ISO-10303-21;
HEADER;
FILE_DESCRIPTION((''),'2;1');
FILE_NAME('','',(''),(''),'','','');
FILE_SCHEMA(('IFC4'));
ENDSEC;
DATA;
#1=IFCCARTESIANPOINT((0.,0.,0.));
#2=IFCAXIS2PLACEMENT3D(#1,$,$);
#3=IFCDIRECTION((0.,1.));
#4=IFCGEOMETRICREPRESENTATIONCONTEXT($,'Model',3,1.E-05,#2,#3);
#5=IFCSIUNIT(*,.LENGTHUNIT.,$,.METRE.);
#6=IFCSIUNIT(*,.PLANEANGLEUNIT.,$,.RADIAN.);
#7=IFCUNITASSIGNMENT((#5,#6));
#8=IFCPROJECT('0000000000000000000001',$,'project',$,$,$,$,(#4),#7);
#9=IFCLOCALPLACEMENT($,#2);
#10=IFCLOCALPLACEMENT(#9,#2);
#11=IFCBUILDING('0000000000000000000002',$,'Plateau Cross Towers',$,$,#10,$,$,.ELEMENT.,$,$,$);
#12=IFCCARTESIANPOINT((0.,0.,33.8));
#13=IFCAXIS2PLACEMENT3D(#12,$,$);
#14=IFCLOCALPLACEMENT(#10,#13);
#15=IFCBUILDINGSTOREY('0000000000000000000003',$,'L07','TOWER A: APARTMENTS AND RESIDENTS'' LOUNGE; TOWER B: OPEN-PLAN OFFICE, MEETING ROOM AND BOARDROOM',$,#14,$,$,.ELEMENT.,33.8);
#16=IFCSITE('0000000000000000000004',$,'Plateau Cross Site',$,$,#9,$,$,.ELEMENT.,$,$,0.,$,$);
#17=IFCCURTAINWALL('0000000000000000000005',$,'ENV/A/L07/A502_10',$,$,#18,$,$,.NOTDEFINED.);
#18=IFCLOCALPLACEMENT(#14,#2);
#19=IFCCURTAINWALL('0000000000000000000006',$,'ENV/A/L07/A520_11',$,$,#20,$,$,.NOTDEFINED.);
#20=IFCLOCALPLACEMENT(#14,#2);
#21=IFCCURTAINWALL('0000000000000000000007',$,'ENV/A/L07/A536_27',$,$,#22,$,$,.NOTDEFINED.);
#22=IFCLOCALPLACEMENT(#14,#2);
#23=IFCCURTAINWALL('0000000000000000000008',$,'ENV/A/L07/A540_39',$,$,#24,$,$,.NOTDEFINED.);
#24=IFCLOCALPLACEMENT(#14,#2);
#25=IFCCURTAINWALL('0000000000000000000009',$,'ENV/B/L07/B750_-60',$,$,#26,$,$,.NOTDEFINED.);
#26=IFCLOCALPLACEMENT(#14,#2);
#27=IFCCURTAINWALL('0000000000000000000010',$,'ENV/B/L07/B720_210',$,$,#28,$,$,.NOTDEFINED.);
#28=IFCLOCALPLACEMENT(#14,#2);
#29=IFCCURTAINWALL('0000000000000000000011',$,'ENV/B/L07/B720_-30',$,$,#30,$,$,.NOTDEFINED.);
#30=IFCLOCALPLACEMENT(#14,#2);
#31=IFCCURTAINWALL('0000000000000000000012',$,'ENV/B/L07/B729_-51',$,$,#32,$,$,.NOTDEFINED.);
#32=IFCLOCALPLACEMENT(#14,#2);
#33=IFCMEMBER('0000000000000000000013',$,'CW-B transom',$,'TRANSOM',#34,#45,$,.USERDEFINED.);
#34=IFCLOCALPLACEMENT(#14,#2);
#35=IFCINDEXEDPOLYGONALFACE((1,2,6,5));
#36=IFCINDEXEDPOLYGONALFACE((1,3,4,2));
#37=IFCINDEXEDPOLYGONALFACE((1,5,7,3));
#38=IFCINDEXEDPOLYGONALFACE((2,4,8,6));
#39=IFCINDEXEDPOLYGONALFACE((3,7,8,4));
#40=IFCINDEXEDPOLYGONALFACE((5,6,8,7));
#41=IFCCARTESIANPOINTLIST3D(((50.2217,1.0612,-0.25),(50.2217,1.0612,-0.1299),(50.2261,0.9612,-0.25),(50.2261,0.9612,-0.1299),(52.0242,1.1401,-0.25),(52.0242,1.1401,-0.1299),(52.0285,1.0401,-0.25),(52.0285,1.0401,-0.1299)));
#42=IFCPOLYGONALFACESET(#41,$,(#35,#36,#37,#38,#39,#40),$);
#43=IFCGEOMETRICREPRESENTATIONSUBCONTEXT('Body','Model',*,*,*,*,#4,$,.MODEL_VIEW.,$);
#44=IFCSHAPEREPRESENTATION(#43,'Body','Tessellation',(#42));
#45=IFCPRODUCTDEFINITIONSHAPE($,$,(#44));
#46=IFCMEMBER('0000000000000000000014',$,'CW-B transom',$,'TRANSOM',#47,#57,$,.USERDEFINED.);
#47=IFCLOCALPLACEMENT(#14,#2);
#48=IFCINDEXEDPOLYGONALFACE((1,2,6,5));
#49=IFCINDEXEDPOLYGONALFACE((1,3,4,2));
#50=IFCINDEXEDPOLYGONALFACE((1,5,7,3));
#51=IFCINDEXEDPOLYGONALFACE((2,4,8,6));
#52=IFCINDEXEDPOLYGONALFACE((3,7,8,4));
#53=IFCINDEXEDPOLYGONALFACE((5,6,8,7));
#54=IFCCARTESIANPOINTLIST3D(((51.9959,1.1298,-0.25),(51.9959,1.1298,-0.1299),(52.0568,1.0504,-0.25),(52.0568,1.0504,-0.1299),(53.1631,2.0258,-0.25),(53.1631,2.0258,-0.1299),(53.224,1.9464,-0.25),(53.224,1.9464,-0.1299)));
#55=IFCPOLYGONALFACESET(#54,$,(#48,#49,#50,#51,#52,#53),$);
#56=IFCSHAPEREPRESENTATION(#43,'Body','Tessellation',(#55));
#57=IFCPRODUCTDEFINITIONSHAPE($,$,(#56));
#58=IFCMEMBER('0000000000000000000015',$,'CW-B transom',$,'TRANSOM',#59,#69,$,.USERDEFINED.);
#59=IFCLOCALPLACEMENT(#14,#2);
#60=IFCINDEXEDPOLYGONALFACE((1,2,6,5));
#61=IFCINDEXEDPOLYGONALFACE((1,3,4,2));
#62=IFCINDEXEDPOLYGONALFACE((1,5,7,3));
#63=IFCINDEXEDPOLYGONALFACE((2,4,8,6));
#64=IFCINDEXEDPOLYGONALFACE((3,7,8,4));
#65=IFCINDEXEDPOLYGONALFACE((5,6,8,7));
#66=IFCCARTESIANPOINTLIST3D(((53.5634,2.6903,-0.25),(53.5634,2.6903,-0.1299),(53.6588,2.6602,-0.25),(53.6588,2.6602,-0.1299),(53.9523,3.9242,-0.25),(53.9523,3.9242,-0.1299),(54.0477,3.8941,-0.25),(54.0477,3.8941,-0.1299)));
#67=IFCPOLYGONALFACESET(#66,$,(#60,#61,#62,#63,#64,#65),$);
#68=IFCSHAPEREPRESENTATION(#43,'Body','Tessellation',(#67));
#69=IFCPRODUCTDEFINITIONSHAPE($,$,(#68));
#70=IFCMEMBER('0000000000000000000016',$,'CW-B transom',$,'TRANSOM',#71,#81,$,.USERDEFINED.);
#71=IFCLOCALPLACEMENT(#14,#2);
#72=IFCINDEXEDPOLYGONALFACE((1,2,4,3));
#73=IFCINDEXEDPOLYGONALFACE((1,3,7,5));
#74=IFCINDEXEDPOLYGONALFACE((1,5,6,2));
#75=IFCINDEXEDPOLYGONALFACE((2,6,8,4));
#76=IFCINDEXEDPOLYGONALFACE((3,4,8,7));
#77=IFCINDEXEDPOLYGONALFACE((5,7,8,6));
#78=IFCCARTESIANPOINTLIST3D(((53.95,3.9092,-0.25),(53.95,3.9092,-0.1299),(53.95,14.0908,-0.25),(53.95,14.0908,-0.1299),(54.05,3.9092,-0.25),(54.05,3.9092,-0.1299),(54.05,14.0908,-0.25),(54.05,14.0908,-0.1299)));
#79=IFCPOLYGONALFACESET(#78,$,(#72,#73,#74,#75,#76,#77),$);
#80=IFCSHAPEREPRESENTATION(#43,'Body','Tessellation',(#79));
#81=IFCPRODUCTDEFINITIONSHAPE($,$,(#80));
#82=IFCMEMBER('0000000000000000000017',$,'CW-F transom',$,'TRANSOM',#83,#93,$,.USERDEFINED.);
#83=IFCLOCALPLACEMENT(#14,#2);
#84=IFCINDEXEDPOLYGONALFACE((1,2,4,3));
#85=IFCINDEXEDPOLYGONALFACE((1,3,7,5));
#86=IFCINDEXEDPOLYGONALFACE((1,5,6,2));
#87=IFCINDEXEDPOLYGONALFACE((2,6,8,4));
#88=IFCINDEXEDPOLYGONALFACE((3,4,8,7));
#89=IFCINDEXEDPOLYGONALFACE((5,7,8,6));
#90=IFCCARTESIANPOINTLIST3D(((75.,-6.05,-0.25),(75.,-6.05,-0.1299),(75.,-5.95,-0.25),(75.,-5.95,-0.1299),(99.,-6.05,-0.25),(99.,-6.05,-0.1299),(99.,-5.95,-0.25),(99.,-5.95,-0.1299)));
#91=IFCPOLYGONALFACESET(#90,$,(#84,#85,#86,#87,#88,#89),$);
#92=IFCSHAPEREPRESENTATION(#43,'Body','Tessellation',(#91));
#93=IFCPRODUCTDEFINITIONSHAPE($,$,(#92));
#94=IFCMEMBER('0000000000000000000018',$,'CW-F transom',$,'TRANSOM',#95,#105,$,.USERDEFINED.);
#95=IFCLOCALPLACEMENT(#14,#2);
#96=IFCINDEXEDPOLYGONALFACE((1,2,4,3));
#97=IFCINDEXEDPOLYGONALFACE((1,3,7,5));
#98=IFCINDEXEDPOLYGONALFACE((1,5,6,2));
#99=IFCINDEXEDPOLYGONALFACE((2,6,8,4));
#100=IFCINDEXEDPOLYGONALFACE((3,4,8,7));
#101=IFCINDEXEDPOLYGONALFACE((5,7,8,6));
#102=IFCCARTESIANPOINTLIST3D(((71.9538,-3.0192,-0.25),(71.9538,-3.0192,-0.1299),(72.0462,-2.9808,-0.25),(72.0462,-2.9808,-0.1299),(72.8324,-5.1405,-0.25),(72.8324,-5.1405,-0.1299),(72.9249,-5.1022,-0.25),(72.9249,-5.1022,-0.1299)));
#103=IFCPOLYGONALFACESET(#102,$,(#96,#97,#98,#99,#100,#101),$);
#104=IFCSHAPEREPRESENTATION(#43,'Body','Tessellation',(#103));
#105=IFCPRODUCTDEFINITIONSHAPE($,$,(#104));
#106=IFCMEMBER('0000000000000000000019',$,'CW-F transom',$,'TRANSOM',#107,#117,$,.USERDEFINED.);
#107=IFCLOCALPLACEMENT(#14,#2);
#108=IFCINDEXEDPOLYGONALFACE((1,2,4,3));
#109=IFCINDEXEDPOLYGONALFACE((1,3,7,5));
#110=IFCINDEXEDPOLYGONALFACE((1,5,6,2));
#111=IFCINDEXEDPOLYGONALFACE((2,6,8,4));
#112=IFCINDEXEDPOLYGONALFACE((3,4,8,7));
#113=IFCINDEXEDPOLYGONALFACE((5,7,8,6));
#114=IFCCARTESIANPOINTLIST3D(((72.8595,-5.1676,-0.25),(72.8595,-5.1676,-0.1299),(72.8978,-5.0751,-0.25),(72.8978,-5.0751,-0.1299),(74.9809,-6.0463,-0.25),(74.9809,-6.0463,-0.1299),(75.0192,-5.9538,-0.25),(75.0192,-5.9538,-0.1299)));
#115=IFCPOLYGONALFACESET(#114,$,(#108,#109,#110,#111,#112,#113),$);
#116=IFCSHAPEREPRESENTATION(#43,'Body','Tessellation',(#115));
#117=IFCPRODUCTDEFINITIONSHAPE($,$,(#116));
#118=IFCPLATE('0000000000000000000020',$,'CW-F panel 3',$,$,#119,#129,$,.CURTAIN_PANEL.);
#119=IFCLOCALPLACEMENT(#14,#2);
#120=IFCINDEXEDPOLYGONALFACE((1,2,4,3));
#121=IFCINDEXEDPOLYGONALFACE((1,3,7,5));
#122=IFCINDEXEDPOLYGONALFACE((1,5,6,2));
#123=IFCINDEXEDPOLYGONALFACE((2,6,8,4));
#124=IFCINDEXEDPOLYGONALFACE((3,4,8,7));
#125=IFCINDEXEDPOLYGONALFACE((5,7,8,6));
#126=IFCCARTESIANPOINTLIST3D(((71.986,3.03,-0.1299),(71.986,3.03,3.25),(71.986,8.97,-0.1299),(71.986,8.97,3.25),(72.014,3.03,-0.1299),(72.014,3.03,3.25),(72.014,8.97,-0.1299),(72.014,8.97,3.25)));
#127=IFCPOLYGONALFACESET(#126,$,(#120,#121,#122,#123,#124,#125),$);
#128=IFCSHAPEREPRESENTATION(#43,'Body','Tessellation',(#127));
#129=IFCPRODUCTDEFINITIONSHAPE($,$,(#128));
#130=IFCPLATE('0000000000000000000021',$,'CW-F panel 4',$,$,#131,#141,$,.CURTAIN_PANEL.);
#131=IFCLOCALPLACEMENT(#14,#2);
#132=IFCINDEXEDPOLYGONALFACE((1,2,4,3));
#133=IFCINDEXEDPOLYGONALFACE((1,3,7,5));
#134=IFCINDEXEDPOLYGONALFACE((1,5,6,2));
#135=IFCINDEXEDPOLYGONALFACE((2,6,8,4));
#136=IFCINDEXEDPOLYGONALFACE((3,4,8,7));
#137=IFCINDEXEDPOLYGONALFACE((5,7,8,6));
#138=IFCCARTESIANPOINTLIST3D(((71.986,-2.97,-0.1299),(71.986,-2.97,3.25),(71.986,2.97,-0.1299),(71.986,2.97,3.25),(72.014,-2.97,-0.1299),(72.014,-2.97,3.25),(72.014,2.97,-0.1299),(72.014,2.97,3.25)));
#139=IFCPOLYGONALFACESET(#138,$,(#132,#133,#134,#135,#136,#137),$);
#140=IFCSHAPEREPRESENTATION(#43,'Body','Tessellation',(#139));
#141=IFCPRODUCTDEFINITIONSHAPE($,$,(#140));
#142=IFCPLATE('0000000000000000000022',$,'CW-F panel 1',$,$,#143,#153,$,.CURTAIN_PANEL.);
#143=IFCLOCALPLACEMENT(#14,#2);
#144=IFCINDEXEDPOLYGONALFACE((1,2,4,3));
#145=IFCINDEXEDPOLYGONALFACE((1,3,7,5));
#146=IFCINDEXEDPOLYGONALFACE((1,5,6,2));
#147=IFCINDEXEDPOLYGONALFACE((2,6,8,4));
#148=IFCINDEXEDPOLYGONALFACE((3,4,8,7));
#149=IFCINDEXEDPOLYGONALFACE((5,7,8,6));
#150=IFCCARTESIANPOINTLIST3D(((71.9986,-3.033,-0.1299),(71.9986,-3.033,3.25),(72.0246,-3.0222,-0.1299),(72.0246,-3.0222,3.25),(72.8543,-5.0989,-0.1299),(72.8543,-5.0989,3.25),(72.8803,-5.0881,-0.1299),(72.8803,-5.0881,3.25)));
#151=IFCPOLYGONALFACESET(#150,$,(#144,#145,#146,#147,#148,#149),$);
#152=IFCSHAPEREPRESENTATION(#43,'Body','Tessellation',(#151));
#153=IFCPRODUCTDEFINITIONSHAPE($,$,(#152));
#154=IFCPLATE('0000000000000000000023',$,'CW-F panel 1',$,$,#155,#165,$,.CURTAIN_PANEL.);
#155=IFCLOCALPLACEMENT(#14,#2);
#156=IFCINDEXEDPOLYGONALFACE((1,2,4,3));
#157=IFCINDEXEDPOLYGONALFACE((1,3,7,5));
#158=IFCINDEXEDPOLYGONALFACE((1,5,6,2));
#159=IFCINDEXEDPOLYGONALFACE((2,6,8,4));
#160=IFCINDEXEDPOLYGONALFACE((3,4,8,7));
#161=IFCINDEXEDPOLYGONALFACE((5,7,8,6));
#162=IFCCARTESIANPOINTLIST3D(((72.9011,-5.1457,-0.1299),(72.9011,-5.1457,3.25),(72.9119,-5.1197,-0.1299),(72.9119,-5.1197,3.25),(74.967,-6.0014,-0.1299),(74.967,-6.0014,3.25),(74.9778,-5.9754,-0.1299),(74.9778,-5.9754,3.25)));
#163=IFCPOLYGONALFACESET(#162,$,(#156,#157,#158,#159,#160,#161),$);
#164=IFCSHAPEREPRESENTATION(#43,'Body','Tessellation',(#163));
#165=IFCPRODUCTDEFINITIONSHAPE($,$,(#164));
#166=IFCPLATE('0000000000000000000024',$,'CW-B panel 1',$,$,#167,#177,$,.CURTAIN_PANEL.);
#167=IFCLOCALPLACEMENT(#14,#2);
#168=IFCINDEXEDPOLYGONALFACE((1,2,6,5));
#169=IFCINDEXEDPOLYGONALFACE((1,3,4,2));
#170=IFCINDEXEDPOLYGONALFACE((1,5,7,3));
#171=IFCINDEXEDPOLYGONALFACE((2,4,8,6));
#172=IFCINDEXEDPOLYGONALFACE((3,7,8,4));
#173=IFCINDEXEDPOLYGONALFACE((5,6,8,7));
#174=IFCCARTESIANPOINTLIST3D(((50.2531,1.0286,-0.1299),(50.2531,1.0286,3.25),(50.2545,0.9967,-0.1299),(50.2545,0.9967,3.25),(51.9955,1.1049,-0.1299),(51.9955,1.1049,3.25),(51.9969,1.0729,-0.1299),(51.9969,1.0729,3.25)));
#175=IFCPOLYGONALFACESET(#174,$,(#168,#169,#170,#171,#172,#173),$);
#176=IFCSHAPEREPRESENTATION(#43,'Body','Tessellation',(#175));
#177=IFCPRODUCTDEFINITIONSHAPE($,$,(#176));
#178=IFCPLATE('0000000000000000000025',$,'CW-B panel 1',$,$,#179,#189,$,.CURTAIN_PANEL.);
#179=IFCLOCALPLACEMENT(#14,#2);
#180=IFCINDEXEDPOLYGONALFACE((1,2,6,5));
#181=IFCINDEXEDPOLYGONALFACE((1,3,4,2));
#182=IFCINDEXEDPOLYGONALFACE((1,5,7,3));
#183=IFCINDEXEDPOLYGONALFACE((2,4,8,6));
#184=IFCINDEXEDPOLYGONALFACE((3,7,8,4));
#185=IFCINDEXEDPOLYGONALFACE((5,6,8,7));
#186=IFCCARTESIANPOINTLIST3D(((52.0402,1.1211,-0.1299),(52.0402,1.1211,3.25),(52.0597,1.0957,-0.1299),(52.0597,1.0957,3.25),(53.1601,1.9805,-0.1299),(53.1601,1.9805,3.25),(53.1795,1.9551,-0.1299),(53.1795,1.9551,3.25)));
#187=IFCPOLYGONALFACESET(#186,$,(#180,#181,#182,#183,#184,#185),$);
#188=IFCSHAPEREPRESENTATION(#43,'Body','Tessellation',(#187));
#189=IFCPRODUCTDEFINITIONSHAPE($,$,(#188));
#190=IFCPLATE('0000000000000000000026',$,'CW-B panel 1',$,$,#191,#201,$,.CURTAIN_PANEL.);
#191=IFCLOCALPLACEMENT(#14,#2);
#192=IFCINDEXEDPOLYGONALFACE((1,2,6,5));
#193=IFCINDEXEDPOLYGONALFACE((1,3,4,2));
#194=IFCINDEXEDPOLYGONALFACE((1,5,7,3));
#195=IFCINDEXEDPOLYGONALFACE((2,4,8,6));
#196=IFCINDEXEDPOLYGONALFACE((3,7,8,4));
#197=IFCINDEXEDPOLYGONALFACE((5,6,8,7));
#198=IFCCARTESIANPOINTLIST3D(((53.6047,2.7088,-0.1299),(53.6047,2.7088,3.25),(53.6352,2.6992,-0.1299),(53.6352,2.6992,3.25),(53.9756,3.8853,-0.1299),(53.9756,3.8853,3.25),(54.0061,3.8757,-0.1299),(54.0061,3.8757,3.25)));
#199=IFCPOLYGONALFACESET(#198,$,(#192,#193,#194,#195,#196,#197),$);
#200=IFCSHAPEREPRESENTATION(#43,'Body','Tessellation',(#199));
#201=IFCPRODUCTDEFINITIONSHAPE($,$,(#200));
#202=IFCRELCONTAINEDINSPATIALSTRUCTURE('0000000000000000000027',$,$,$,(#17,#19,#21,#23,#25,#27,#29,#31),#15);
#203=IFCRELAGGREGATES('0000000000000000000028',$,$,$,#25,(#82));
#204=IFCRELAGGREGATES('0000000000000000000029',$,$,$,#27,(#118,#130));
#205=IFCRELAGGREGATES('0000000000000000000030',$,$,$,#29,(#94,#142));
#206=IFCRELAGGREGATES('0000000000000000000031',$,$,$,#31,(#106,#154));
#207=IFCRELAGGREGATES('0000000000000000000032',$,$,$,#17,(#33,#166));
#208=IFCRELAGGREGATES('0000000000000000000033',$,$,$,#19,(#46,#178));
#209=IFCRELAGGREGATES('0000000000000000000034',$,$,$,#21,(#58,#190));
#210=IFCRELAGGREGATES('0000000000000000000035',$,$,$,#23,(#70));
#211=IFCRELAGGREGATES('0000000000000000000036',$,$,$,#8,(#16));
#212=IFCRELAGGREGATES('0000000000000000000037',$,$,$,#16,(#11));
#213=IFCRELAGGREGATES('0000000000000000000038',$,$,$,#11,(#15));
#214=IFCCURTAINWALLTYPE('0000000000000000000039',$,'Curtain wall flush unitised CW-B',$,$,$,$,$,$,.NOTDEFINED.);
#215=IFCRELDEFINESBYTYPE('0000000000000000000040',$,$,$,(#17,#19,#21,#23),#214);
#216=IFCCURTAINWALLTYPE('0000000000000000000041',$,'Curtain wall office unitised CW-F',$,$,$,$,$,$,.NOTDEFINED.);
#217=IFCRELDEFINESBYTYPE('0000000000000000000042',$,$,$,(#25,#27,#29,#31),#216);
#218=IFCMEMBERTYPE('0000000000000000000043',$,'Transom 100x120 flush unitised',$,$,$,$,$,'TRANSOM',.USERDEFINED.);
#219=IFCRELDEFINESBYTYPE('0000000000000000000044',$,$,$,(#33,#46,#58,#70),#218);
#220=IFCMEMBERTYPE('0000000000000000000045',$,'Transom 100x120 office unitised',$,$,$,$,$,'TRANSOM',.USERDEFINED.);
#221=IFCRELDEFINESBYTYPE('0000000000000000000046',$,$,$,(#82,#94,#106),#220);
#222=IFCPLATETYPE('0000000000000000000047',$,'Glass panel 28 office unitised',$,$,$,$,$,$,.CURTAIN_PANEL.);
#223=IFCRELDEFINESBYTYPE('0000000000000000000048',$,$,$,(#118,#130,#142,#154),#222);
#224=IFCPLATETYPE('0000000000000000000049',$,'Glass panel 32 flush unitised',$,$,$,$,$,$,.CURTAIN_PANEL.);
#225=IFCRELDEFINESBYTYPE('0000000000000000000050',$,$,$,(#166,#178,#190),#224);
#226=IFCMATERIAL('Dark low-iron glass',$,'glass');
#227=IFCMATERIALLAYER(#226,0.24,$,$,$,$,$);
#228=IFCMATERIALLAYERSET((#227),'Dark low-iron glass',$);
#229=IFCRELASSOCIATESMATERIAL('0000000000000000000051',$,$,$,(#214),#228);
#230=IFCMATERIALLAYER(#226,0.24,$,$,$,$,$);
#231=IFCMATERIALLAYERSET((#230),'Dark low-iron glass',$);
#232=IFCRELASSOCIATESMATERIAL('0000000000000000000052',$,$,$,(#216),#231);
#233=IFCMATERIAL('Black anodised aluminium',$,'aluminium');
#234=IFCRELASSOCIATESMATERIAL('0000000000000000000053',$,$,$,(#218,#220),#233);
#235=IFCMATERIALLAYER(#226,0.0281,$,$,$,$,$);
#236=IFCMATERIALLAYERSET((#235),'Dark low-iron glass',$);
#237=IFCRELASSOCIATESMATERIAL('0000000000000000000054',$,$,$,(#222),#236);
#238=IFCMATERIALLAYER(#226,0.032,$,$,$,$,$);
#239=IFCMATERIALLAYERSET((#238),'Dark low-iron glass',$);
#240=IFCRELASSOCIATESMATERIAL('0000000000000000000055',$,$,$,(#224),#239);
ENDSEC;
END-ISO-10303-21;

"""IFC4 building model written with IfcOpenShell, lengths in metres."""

from ifc_helpers import new_model, si_unit, direction, frame, origin, origin_2d, place, context, subcontext, project, spatial, rectangle, extrude, material, layer, layer_set, material_profile, profile_set, type_object, element, aggregate, save


model = new_model("IFC4")

# Units and contexts
model_context = context("Model", 3, precision=1e-05, world=origin(), true_north=direction((0.0, 1.0)))
body_context = subcontext(model_context, "Body", "Model", "MODEL_VIEW")
ifc_project = project(units=[si_unit("LENGTHUNIT", "METRE"), si_unit("PLANEANGLEUNIT", "RADIAN")], contexts=[model_context])

# Site, building, storey
site_placement = place(None, origin())
site = spatial("IfcSite", under=ifc_project, at=site_placement, Name="Plateau Cross Site", CompositionType="ELEMENT", RefElevation=0.0)
building_placement = place(site_placement, origin())
building = spatial("IfcBuilding", under=site, at=building_placement, Name="Plateau Cross Towers", CompositionType="ELEMENT")
storey_placement = place(building_placement, frame((0.0, 0.0, 33.8)))
storey = spatial("IfcBuildingStorey", under=building, at=storey_placement, Name="L07", Description="TOWER A: APARTMENTS AND RESIDENTS' LOUNGE; TOWER B: OPEN-PLAN OFFICE, MEETING ROOM AND BOARDROOM", CompositionType="ELEMENT", Elevation=33.8)

# Curtain wall
ifc_material_1 = material(Name="Dark low-iron glass", Category="glass")
ifc_layer_1 = layer(ifc_material_1, 0.24)
ifc_layer_set_1 = layer_set([ifc_layer_1], Name="Dark low-iron glass")
curtain_wall_type_1 = type_object("IfcCurtainWallType", Name="Curtain wall flush unitised CW-B", PredefinedType="NOTDEFINED", material=ifc_layer_set_1)
curtain_wall_1_placement = place(storey_placement, origin())
curtain_wall_1 = element("IfcCurtainWall", 1, at=curtain_wall_1_placement, inside=storey, type_object=curtain_wall_type_1, Name="ENV/A/L07/A502_10", PredefinedType="NOTDEFINED")
ifc_material_2 = material(Name="Black anodised aluminium", Category="aluminium")

# Curtain wall
curtain_wall_2_placement = place(storey_placement, origin())
curtain_wall_2 = element("IfcCurtainWall", 2, at=curtain_wall_2_placement, inside=storey, type_object=curtain_wall_type_1, Name="ENV/A/L07/A520_11", PredefinedType="NOTDEFINED")

# Curtain wall
curtain_wall_3_placement = place(storey_placement, origin())
curtain_wall_3 = element("IfcCurtainWall", 3, at=curtain_wall_3_placement, inside=storey, type_object=curtain_wall_type_1, Name="ENV/A/L07/A536_27", PredefinedType="NOTDEFINED")

# Curtain wall
curtain_wall_4_placement = place(storey_placement, origin())
curtain_wall_4 = element("IfcCurtainWall", 4, at=curtain_wall_4_placement, inside=storey, type_object=curtain_wall_type_1, Name="ENV/A/L07/A540_39", PredefinedType="NOTDEFINED")

# Curtain walls
ifc_layer_2 = layer(ifc_material_1, 0.24)
ifc_layer_set_2 = layer_set([ifc_layer_2], Name="Dark low-iron glass")
curtain_wall_type_2 = type_object("IfcCurtainWallType", Name="Curtain wall office unitised CW-F", PredefinedType="NOTDEFINED", material=ifc_layer_set_2)
curtain_wall_5_placement = place(storey_placement, origin())
curtain_wall_5 = element("IfcCurtainWall", 5, at=curtain_wall_5_placement, inside=storey, type_object=curtain_wall_type_2, Name="ENV/B/L07/B750_-60", PredefinedType="NOTDEFINED")
curtain_wall_6_placement = place(storey_placement, origin())
curtain_wall_6 = element("IfcCurtainWall", 6, at=curtain_wall_6_placement, inside=storey, type_object=curtain_wall_type_2, Name="ENV/B/L07/B720_210", PredefinedType="NOTDEFINED")
curtain_wall_7_placement = place(storey_placement, origin())
curtain_wall_7 = element("IfcCurtainWall", 7, at=curtain_wall_7_placement, inside=storey, type_object=curtain_wall_type_2, Name="ENV/B/L07/B720_-30", PredefinedType="NOTDEFINED")
curtain_wall_8_placement = place(storey_placement, origin())
curtain_wall_8 = element("IfcCurtainWall", 8, at=curtain_wall_8_placement, inside=storey, type_object=curtain_wall_type_2, Name="ENV/B/L07/B729_-51", PredefinedType="NOTDEFINED")

# Members
ifc_material_profile_1 = material_profile(ifc_material_2, rectangle(XDim=0.1001, YDim=0.1201, at=origin_2d()), Name="TRANSOM 100x120")
ifc_profile_set_1 = profile_set([ifc_material_profile_1], Name="Black anodised aluminium")
member_type_1 = type_object("IfcMemberType", Name="Transom 100x120 flush unitised", ElementType="TRANSOM", PredefinedType="USERDEFINED", material=ifc_profile_set_1)
member_1_placement = place(storey_placement, frame((50.2239, 1.0112, -0.1899), z_axis=(0.999044, 0.043707, 0.0), x_axis=(-0.043707, 0.999044, 0.0)))
member_1 = element("IfcMember", 9, at=member_1_placement, type_object=member_type_1, Name="CW-B transom", ObjectType="TRANSOM", PredefinedType="USERDEFINED", context=body_context, shape_type="SweptSolid", body=[
    extrude(rectangle(XDim=0.1001, YDim=0.1201, at=origin_2d()), origin(), (0.0, 0.0, 1.0), 1.8042),
])
member_2_placement = place(storey_placement, frame((52.0264, 1.0901, -0.1899), z_axis=(0.79324, 0.608909, 0.0), x_axis=(-0.608909, 0.79324, 0.0)))
member_2 = element("IfcMember", 10, at=member_2_placement, type_object=member_type_1, Name="CW-B transom", ObjectType="TRANSOM", PredefinedType="USERDEFINED", context=body_context, shape_type="SweptSolid", body=[
    extrude(rectangle(XDim=0.1001, YDim=0.1201, at=origin_2d()), origin(), (0.0, 0.0, 1.0), 1.4714),
])
member_3_placement = place(storey_placement, frame((53.6111, 2.6753, -0.1899), z_axis=(0.300617, 0.953745, 0.0), x_axis=(-0.953745, 0.300617, 0.0)))
member_3 = element("IfcMember", 11, at=member_3_placement, type_object=member_type_1, Name="CW-B transom", ObjectType="TRANSOM", PredefinedType="USERDEFINED", context=body_context, shape_type="SweptSolid", body=[
    extrude(rectangle(XDim=0.1001, YDim=0.1201, at=origin_2d()), origin(), (0.0, 0.0, 1.0), 1.2937),
])
member_4_placement = place(storey_placement, frame((54.0, 3.9092, -0.1899), z_axis=(0.0, 1.0, 0.0), x_axis=(-1.0, 0.0, 0.0)))
member_4 = element("IfcMember", 12, at=member_4_placement, type_object=member_type_1, Name="CW-B transom", ObjectType="TRANSOM", PredefinedType="USERDEFINED", context=body_context, shape_type="SweptSolid", body=[
    extrude(rectangle(XDim=0.1001, YDim=0.1201, at=origin_2d()), origin(), (0.0, 0.0, 1.0), 10.1816),
])
ifc_material_profile_2 = material_profile(ifc_material_2, rectangle(XDim=0.1001, YDim=0.1201, at=origin_2d()), Name="TRANSOM 100x120")
ifc_profile_set_2 = profile_set([ifc_material_profile_2], Name="Black anodised aluminium")
member_type_2 = type_object("IfcMemberType", Name="Transom 100x120 office unitised", ElementType="TRANSOM", PredefinedType="USERDEFINED", material=ifc_profile_set_2)
member_5_placement = place(storey_placement, frame((75.0, -6.0, -0.1899), z_axis=(1.0, 0.0, 0.0), x_axis=(0.0, 1.0, 0.0)))
member_5 = element("IfcMember", 13, at=member_5_placement, type_object=member_type_2, Name="CW-F transom", ObjectType="TRANSOM", PredefinedType="USERDEFINED", context=body_context, shape_type="SweptSolid", body=[
    extrude(rectangle(XDim=0.1001, YDim=0.1201, at=origin_2d()), origin(), (0.0, 0.0, 1.0), 24.0),
])
aggregate(curtain_wall_5, [member_5])
member_6_placement = place(storey_placement, frame((72.0, -3.0, -0.1899), z_axis=(0.382674, -0.923883, 0.0), x_axis=(0.923883, 0.382674, 0.0)))
member_6 = element("IfcMember", 14, at=member_6_placement, type_object=member_type_2, Name="CW-F transom", ObjectType="TRANSOM", PredefinedType="USERDEFINED", context=body_context, shape_type="SweptSolid", body=[
    extrude(rectangle(XDim=0.1001, YDim=0.1201, at=origin_2d()), origin(), (0.0, 0.0, 1.0), 2.2961),
])
member_7_placement = place(storey_placement, frame((72.8787, -5.1213, -0.1899), z_axis=(0.923883, -0.382674, 0.0), x_axis=(0.382674, 0.923883, 0.0)))
member_7 = element("IfcMember", 15, at=member_7_placement, type_object=member_type_2, Name="CW-F transom", ObjectType="TRANSOM", PredefinedType="USERDEFINED", context=body_context, shape_type="SweptSolid", body=[
    extrude(rectangle(XDim=0.1001, YDim=0.1201, at=origin_2d()), origin(), (0.0, 0.0, 1.0), 2.2961),
])

# Plates
ifc_layer_3 = layer(ifc_material_1, 0.0281)
ifc_layer_set_3 = layer_set([ifc_layer_3], Name="Dark low-iron glass")
plate_type_1 = type_object("IfcPlateType", Name="Glass panel 28 office unitised", PredefinedType="CURTAIN_PANEL", material=ifc_layer_set_3)
plate_1_placement = place(storey_placement, frame((72.0, 6.0, -0.1299), z_axis=(0.0, 0.0, 1.0), x_axis=(0.0, -1.0, 0.0)))
plate_1 = element("IfcPlate", 16, at=plate_1_placement, type_object=plate_type_1, Name="CW-F panel 3", PredefinedType="CURTAIN_PANEL", context=body_context, shape_type="SweptSolid", body=[
    extrude(rectangle(XDim=5.9399, YDim=0.0281, at=origin_2d()), origin(), (0.0, 0.0, 1.0), 3.3799),
])
plate_2_placement = place(storey_placement, frame((72.0, 0.0, -0.1299), z_axis=(0.0, 0.0, 1.0), x_axis=(0.0, -1.0, 0.0)))
plate_2 = element("IfcPlate", 17, at=plate_2_placement, type_object=plate_type_1, Name="CW-F panel 4", PredefinedType="CURTAIN_PANEL", context=body_context, shape_type="SweptSolid", body=[
    extrude(rectangle(XDim=5.9399, YDim=0.0281, at=origin_2d()), origin(), (0.0, 0.0, 1.0), 3.3799),
])
aggregate(curtain_wall_6, [plate_1, plate_2])
plate_3_placement = place(storey_placement, frame((72.4395, -4.0605, -0.1299), z_axis=(0.0, 0.0, 1.0), x_axis=(0.382684, -0.923879, 0.0)))
plate_3 = element("IfcPlate", 18, at=plate_3_placement, type_object=plate_type_1, Name="CW-F panel 1", PredefinedType="CURTAIN_PANEL", context=body_context, shape_type="SweptSolid", body=[
    extrude(rectangle(XDim=2.2361, YDim=0.0281, at=origin_2d()), origin(), (0.0, 0.0, 1.0), 3.3799),
])
aggregate(curtain_wall_7, [member_6, plate_3])
plate_4_placement = place(storey_placement, frame((73.9395, -5.5605, -0.1299), z_axis=(0.0, 0.0, 1.0), x_axis=(0.923879, -0.382684, 0.0)))
plate_4 = element("IfcPlate", 19, at=plate_4_placement, type_object=plate_type_1, Name="CW-F panel 1", PredefinedType="CURTAIN_PANEL", context=body_context, shape_type="SweptSolid", body=[
    extrude(rectangle(XDim=2.2361, YDim=0.0281, at=origin_2d()), origin(), (0.0, 0.0, 1.0), 3.3799),
])
aggregate(curtain_wall_8, [member_7, plate_4])
ifc_layer_4 = layer(ifc_material_1, 0.032)
ifc_layer_set_4 = layer_set([ifc_layer_4], Name="Dark low-iron glass")
plate_type_2 = type_object("IfcPlateType", Name="Glass panel 32 flush unitised", PredefinedType="CURTAIN_PANEL", material=ifc_layer_set_4)
plate_5_placement = place(storey_placement, frame((51.125, 1.0508, -0.1299), z_axis=(0.0, 0.0, 1.0), x_axis=(0.999044, 0.043723, 0.0)))
plate_5 = element("IfcPlate", 20, at=plate_5_placement, type_object=plate_type_2, Name="CW-B panel 1", PredefinedType="CURTAIN_PANEL", context=body_context, shape_type="SweptSolid", body=[
    extrude(rectangle(XDim=1.7441, YDim=0.032, at=origin_2d()), origin(), (0.0, 0.0, 1.0), 3.3799),
])
aggregate(curtain_wall_1, [member_1, plate_5])
plate_6_placement = place(storey_placement, frame((52.6099, 1.5381, -0.1299), z_axis=(0.0, 0.0, 1.0), x_axis=(0.793316, 0.608811, 0.0)))
plate_6 = element("IfcPlate", 21, at=plate_6_placement, type_object=plate_type_2, Name="CW-B panel 1", PredefinedType="CURTAIN_PANEL", context=body_context, shape_type="SweptSolid", body=[
    extrude(rectangle(XDim=1.4116, YDim=0.032, at=origin_2d()), origin(), (0.0, 0.0, 1.0), 3.3799),
])
aggregate(curtain_wall_2, [member_2, plate_6])
plate_7_placement = place(storey_placement, frame((53.8054, 3.2922, -0.1299), z_axis=(0.0, 0.0, 1.0), x_axis=(0.300686, 0.953723, 0.0)))
plate_7 = element("IfcPlate", 22, at=plate_7_placement, type_object=plate_type_2, Name="CW-B panel 1", PredefinedType="CURTAIN_PANEL", context=body_context, shape_type="SweptSolid", body=[
    extrude(rectangle(XDim=1.2336, YDim=0.032, at=origin_2d()), origin(), (0.0, 0.0, 1.0), 3.3799),
])
aggregate(curtain_wall_3, [member_3, plate_7])
aggregate(curtain_wall_4, [member_4])

save(model, "model.ifc")
